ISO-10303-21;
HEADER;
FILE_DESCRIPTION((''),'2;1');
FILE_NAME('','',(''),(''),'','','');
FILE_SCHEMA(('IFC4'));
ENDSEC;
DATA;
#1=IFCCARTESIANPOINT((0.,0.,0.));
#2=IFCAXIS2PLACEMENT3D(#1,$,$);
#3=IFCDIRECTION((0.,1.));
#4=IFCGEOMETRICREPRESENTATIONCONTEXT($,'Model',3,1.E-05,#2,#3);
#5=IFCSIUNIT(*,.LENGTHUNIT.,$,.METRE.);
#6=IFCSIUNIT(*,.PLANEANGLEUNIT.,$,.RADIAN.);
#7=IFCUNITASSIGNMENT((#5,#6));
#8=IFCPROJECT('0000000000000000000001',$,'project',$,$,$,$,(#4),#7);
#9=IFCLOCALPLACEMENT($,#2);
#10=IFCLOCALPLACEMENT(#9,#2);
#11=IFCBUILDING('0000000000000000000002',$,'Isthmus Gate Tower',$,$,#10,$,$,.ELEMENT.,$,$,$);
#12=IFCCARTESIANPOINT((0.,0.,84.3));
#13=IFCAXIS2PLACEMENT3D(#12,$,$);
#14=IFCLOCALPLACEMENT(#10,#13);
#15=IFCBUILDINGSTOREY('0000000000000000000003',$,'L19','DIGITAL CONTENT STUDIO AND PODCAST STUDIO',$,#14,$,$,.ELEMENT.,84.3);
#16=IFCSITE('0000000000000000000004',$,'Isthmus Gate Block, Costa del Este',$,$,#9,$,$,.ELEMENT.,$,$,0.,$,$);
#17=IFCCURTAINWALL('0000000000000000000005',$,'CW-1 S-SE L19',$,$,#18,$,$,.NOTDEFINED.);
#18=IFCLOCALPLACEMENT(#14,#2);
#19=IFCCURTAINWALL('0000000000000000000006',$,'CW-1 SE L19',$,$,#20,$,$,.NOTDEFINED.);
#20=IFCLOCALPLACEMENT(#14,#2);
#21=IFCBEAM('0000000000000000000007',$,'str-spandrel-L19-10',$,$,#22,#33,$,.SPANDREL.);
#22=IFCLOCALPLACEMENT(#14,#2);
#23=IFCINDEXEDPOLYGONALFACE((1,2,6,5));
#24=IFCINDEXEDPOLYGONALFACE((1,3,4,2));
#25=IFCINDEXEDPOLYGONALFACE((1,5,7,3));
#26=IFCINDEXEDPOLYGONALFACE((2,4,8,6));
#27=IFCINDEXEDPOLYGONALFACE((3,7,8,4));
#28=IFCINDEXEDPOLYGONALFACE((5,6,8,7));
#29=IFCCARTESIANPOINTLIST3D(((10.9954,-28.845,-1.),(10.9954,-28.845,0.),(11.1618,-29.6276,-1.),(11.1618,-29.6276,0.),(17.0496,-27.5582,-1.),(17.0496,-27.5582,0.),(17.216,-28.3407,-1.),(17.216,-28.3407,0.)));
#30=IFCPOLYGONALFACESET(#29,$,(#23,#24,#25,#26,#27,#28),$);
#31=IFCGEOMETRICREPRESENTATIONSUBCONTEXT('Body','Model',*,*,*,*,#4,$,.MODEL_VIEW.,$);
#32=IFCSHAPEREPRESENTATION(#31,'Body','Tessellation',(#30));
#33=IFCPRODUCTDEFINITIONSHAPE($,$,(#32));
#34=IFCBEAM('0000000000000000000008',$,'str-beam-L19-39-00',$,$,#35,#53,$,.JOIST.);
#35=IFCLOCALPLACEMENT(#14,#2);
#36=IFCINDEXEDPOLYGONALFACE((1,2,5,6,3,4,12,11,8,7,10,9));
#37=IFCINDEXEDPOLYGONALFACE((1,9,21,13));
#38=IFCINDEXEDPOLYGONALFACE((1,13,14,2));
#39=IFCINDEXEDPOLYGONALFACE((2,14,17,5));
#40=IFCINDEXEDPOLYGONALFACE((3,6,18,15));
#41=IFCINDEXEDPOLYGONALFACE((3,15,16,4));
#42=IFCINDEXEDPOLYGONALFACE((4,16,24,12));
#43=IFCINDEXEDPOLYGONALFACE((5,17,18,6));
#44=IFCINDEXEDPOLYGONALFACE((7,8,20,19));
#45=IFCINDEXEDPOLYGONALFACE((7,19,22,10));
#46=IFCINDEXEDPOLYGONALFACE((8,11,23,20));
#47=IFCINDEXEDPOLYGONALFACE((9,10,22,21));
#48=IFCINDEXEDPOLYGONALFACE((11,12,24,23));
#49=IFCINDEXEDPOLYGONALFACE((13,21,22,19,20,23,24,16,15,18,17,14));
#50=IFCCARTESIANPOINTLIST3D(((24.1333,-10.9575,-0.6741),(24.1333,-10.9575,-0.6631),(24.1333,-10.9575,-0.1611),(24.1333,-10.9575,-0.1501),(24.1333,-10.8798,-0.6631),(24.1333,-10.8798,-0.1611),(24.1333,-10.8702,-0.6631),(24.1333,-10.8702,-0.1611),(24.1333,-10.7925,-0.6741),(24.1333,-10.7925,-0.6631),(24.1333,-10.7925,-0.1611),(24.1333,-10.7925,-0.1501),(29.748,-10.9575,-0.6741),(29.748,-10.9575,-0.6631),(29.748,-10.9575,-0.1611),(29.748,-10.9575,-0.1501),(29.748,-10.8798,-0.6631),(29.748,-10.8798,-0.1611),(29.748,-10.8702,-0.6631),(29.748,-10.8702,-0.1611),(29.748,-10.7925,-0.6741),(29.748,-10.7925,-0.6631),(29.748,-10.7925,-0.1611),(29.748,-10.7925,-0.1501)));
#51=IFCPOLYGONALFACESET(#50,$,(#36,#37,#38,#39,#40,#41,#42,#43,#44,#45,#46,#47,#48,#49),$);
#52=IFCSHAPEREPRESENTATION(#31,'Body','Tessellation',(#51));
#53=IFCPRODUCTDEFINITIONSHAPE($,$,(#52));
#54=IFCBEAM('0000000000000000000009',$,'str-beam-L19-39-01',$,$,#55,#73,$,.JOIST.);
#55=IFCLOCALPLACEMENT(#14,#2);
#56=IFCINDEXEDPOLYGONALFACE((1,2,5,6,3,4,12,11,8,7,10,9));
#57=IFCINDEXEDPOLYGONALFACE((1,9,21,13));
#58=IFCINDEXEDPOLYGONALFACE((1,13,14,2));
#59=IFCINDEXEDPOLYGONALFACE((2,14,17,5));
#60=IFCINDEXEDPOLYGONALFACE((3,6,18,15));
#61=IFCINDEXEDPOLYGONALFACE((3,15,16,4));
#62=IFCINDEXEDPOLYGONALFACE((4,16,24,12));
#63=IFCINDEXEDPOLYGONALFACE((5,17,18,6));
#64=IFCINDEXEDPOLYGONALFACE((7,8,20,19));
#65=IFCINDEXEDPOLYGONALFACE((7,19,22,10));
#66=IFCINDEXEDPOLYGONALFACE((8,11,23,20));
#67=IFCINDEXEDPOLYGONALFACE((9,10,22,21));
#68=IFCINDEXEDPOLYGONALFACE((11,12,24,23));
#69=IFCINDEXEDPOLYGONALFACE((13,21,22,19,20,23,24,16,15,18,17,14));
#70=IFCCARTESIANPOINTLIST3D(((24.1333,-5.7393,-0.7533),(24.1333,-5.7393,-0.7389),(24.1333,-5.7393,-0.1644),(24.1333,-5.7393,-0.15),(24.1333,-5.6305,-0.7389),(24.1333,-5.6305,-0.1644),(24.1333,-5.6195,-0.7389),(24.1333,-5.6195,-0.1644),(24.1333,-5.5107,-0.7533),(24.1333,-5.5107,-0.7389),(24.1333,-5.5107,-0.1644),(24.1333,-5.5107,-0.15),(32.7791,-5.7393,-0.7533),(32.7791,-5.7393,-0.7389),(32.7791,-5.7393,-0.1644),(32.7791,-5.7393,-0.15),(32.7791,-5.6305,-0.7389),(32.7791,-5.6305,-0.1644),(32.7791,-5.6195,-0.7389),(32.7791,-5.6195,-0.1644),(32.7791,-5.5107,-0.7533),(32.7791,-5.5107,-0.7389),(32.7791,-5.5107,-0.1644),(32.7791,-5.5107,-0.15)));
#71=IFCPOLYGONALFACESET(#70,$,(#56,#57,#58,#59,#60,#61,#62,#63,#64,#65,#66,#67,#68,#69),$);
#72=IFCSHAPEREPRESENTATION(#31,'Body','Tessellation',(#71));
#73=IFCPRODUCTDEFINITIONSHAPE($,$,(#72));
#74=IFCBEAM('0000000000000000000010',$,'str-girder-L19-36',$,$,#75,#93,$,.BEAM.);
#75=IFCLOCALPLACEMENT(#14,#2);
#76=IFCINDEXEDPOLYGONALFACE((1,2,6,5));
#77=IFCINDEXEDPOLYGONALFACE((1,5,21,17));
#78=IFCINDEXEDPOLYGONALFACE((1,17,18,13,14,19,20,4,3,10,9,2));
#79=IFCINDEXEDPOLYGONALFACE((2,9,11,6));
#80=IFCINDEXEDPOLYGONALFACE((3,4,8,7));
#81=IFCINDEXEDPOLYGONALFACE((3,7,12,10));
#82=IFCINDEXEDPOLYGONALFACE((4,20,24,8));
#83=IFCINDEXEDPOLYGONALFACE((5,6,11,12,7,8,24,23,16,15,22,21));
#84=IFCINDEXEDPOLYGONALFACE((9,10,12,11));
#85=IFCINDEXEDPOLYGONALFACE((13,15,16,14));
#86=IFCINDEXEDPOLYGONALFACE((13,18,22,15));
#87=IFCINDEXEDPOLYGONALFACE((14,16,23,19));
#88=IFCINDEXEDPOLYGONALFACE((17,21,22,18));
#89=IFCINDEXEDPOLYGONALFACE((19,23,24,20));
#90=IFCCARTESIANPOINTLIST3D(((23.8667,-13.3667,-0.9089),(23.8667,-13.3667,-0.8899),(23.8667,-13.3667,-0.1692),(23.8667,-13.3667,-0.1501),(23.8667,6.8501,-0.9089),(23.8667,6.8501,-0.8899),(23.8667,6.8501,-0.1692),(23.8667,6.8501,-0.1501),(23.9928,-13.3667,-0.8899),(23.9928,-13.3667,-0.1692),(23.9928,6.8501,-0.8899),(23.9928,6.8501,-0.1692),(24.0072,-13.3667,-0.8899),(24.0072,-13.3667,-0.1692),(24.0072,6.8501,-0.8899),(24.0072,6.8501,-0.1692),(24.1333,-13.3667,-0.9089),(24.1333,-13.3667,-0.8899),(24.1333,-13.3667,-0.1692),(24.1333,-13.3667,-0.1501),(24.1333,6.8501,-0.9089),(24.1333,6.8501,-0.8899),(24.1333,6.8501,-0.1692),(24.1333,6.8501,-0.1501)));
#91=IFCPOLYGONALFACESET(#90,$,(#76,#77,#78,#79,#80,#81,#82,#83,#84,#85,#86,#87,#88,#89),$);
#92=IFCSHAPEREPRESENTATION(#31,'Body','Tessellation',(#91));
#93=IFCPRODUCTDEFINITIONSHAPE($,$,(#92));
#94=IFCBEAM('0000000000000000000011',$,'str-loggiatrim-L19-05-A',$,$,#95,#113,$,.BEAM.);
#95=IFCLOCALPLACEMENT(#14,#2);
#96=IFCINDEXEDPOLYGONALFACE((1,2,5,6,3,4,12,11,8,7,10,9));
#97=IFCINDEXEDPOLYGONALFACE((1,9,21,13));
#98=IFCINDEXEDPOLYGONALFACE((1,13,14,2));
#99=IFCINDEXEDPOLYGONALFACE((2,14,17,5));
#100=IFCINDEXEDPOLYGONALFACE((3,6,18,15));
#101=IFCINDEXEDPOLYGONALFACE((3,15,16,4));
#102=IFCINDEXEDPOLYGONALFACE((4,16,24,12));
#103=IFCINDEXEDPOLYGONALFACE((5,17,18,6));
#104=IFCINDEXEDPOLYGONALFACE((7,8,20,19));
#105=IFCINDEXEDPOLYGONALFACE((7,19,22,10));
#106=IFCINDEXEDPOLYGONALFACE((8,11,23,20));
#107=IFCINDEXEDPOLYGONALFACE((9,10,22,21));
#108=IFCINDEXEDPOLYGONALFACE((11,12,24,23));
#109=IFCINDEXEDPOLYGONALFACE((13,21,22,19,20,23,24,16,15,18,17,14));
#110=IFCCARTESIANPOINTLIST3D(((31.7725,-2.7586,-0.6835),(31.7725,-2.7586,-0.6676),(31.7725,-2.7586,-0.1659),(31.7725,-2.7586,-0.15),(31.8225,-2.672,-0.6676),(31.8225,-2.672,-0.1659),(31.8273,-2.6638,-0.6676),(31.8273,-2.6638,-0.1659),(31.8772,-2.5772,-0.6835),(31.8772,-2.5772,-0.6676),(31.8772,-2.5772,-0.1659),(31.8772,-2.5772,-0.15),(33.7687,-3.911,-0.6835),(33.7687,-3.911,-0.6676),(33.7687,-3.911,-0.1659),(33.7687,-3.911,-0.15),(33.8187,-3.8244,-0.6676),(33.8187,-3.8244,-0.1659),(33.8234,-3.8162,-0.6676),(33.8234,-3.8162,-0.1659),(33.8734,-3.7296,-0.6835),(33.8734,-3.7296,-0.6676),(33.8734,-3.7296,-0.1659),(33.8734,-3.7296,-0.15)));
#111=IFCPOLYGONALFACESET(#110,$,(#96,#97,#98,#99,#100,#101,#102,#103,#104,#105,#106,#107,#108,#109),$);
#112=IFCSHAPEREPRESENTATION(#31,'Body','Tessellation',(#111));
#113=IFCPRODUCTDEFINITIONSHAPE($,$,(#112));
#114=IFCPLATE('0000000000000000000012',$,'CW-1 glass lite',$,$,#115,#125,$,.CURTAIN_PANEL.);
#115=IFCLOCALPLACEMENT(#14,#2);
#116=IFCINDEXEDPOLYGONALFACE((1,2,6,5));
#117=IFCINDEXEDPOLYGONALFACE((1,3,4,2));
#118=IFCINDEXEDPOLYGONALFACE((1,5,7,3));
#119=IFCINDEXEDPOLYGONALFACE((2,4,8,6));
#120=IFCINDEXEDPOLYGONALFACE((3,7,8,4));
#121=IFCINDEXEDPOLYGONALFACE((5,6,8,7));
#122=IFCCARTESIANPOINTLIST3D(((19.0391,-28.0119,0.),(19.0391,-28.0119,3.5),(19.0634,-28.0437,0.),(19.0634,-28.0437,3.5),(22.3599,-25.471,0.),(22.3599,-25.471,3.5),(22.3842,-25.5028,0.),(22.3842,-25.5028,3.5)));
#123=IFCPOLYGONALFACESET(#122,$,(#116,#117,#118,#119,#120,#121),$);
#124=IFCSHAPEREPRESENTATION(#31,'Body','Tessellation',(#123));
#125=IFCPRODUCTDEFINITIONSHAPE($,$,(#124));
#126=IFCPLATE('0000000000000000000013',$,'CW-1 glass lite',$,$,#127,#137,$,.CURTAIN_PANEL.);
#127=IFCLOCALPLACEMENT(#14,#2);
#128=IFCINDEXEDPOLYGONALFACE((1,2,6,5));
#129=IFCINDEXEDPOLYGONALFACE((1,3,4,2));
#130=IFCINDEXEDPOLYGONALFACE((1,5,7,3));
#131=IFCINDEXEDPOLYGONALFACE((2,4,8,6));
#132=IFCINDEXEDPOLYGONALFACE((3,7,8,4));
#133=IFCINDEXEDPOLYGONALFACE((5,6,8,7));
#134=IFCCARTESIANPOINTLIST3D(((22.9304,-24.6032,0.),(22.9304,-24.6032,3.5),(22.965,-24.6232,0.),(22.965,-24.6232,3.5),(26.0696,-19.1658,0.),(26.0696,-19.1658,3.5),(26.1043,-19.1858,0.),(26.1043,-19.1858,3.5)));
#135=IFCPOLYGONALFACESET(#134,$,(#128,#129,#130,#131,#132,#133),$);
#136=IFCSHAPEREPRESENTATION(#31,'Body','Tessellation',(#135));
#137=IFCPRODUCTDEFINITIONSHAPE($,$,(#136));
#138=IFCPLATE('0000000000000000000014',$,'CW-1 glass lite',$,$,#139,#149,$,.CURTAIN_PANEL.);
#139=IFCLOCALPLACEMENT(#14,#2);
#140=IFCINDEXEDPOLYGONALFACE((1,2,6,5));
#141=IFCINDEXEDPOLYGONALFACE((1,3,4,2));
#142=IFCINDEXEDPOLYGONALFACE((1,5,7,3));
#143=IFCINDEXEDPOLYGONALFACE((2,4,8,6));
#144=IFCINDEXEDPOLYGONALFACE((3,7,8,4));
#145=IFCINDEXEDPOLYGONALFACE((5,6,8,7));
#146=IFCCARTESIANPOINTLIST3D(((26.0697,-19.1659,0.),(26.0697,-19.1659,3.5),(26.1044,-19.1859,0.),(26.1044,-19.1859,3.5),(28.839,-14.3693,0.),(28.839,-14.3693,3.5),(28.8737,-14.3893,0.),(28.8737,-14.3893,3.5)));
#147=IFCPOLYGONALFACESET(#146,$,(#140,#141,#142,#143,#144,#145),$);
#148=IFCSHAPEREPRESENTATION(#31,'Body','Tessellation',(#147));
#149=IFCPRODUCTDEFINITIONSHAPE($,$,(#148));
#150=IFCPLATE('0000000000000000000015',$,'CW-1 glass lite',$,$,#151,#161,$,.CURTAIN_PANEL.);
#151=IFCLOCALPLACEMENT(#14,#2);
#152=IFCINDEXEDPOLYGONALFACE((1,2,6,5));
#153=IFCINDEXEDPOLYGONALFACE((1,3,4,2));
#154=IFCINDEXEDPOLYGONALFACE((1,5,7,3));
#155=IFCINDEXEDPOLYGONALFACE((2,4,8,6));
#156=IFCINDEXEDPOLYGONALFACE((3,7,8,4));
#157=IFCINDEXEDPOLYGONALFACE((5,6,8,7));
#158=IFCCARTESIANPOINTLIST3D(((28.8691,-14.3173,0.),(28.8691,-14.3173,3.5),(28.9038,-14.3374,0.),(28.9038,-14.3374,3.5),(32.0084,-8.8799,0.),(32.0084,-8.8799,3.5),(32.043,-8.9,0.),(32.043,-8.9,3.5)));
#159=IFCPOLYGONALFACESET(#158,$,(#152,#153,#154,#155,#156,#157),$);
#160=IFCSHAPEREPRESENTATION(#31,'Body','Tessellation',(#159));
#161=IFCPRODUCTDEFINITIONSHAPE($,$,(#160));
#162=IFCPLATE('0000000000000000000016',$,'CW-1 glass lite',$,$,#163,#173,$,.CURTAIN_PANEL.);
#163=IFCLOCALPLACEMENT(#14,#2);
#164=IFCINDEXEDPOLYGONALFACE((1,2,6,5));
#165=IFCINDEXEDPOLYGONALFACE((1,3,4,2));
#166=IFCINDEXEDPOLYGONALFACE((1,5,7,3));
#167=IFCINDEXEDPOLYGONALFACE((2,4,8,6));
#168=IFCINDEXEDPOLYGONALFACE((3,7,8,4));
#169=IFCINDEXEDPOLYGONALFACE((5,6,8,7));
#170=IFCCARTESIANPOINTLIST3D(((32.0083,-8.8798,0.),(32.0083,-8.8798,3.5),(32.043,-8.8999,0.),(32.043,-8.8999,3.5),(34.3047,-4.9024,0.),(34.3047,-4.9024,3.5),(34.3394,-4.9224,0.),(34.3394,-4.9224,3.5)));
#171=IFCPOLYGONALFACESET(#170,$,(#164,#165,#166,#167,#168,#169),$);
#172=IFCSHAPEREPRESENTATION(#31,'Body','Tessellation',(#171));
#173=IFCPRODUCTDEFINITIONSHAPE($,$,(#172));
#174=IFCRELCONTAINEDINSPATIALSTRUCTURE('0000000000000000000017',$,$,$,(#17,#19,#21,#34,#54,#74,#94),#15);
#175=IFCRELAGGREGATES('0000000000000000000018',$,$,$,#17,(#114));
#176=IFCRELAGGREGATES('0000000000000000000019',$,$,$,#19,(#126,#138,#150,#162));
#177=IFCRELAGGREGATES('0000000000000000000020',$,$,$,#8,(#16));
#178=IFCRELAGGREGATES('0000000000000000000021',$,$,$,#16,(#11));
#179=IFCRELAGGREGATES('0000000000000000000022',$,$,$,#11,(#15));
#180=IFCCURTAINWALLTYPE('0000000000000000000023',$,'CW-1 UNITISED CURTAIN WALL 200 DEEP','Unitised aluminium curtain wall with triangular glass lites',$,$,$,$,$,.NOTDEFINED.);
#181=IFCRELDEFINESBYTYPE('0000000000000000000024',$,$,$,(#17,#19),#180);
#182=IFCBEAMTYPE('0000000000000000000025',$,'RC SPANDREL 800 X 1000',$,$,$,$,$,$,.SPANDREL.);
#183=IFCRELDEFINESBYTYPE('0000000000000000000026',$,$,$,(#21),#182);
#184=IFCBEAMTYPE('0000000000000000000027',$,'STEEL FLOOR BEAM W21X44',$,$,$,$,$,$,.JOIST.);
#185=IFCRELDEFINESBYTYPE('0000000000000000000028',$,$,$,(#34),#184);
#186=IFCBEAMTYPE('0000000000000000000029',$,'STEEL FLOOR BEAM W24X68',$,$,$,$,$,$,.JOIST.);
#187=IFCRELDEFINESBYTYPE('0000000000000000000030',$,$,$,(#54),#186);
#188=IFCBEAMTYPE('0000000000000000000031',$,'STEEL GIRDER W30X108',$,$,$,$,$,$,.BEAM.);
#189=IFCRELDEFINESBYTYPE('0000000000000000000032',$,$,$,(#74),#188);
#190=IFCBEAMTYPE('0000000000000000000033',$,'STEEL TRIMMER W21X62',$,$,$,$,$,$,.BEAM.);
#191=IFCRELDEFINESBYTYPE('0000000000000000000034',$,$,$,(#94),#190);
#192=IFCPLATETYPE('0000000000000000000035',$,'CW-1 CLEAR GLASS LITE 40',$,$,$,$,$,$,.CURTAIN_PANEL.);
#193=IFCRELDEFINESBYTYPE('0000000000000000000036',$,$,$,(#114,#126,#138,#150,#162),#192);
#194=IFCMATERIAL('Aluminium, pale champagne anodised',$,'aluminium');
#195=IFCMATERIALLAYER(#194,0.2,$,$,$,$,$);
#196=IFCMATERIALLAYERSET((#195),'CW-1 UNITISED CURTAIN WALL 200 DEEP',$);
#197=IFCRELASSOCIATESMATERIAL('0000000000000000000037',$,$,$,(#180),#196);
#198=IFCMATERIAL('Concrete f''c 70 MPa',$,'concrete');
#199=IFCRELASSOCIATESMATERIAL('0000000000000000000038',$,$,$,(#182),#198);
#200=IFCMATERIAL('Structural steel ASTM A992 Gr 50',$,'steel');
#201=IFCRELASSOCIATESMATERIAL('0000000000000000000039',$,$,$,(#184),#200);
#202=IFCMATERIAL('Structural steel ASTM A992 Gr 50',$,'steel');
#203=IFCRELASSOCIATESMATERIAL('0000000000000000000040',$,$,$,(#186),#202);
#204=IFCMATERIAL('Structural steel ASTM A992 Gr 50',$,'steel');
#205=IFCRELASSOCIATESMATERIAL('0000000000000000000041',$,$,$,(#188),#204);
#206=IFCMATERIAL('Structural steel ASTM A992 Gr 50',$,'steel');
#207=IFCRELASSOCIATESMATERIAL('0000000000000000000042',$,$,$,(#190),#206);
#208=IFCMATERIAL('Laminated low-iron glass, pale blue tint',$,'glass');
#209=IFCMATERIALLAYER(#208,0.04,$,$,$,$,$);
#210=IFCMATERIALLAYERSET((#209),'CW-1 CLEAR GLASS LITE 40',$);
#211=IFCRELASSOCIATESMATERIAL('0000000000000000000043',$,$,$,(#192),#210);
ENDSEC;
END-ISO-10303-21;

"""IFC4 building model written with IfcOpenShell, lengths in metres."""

from ifc_helpers import new_model, si_unit, direction, frame, origin, origin_2d, place, context, subcontext, project, spatial, rectangle, i_section, extrude, material, layer, layer_set, material_profile, profile_set, type_object, element, aggregate, save


model = new_model("IFC4")

# Units and contexts
model_context = context("Model", 3, precision=1e-05, world=origin(), true_north=direction((0.0, 1.0)))
body_context = subcontext(model_context, "Body", "Model", "MODEL_VIEW")
ifc_project = project(units=[si_unit("LENGTHUNIT", "METRE"), si_unit("PLANEANGLEUNIT", "RADIAN")], contexts=[model_context])

# Site, building, storey
site_placement = place(None, origin())
site = spatial("IfcSite", under=ifc_project, at=site_placement, Name="Isthmus Gate Block, Costa del Este", CompositionType="ELEMENT", RefElevation=0.0)
building_placement = place(site_placement, origin())
building = spatial("IfcBuilding", under=site, at=building_placement, Name="Isthmus Gate Tower", CompositionType="ELEMENT")
storey_placement = place(building_placement, frame((0.0, 0.0, 84.3)))
storey = spatial("IfcBuildingStorey", under=building, at=storey_placement, Name="L19", Description="DIGITAL CONTENT STUDIO AND PODCAST STUDIO", CompositionType="ELEMENT", Elevation=84.3)

# Curtain wall
ifc_material_1 = material(Name="Aluminium, pale champagne anodised", Category="aluminium")
ifc_layer_1 = layer(ifc_material_1, 0.2)
ifc_layer_set_1 = layer_set([ifc_layer_1], Name="CW-1 UNITISED CURTAIN WALL 200 DEEP")
curtain_wall_type = type_object("IfcCurtainWallType", Name="CW-1 UNITISED CURTAIN WALL 200 DEEP", Description="Unitised aluminium curtain wall with triangular glass lites", PredefinedType="NOTDEFINED", material=ifc_layer_set_1)
curtain_wall_1_placement = place(storey_placement, origin())
curtain_wall_1 = element("IfcCurtainWall", 1, at=curtain_wall_1_placement, inside=storey, type_object=curtain_wall_type, Name="CW-1 S-SE L19", PredefinedType="NOTDEFINED")

# Curtain wall
curtain_wall_2_placement = place(storey_placement, origin())
curtain_wall_2 = element("IfcCurtainWall", 2, at=curtain_wall_2_placement, inside=storey, type_object=curtain_wall_type, Name="CW-1 SE L19", PredefinedType="NOTDEFINED")

# Beams
ifc_material_2 = material(Name="Concrete f'c 70 MPa", Category="concrete")
ifc_material_profile_1 = material_profile(ifc_material_2, rectangle(XDim=0.8, YDim=1.0, at=origin_2d()), Name="RC 800X1000")
ifc_profile_set_1 = profile_set([ifc_material_profile_1], Name="Concrete f'c 70 MPa")
beam_type_1 = type_object("IfcBeamType", Name="RC SPANDREL 800 X 1000", PredefinedType="SPANDREL", material=ifc_profile_set_1)
beam_1_placement = place(storey_placement, frame((17.1328, -27.9495, -0.5), z_axis=(-0.978147, -0.207913, 0.0), x_axis=(0.207913, -0.978147, 0.0)))
element("IfcBeam", 3, at=beam_1_placement, inside=storey, type_object=beam_type_1, Name="str-spandrel-L19-10", PredefinedType="SPANDREL", context=body_context, shape_type="SweptSolid", body=[
    extrude(rectangle(XDim=0.8, YDim=1.0, at=origin_2d()), origin(), (0.0, 0.0, 1.0), 6.1895),
])
ifc_material_3 = material(Name="Structural steel ASTM A992 Gr 50", Category="steel")
ifc_material_profile_2 = material_profile(ifc_material_3, i_section(OverallWidth=0.165, OverallDepth=0.5239, WebThickness=0.0095, FlangeThickness=0.011, at=origin_2d()), Name="W21X44")
ifc_profile_set_2 = profile_set([ifc_material_profile_2], Name="Structural steel ASTM A992 Gr 50")
beam_type_2 = type_object("IfcBeamType", Name="STEEL FLOOR BEAM W21X44", PredefinedType="JOIST", material=ifc_profile_set_2)
beam_2_placement = place(storey_placement, frame((24.1333, -10.875, -0.4121), z_axis=(1.0, 0.0, 0.0), x_axis=(0.0, 1.0, 0.0)))
element("IfcBeam", 4, at=beam_2_placement, inside=storey, type_object=beam_type_2, Name="str-beam-L19-39-00", PredefinedType="JOIST", context=body_context, shape_type="SweptSolid", body=[
    extrude(i_section(OverallWidth=0.165, OverallDepth=0.5239, WebThickness=0.0095, FlangeThickness=0.011, at=origin_2d()), origin(), (0.0, 0.0, 1.0), 5.6147),
])
ifc_material_4 = material(Name="Structural steel ASTM A992 Gr 50", Category="steel")
ifc_material_profile_3 = material_profile(ifc_material_4, i_section(OverallWidth=0.2285, OverallDepth=0.6033, WebThickness=0.011, FlangeThickness=0.0144, at=origin_2d()), Name="W24X68")
ifc_profile_set_3 = profile_set([ifc_material_profile_3], Name="Structural steel ASTM A992 Gr 50")
beam_type_3 = type_object("IfcBeamType", Name="STEEL FLOOR BEAM W24X68", PredefinedType="JOIST", material=ifc_profile_set_3)
beam_3_placement = place(storey_placement, frame((24.1333, -5.625, -0.4517), z_axis=(1.0, 0.0, 0.0), x_axis=(0.0, 1.0, 0.0)))
element("IfcBeam", 5, at=beam_3_placement, inside=storey, type_object=beam_type_3, Name="str-beam-L19-39-01", PredefinedType="JOIST", context=body_context, shape_type="SweptSolid", body=[
    extrude(i_section(OverallWidth=0.2285, OverallDepth=0.6033, WebThickness=0.011, FlangeThickness=0.0144, at=origin_2d()), origin(), (0.0, 0.0, 1.0), 8.6458),
])
ifc_material_5 = material(Name="Structural steel ASTM A992 Gr 50", Category="steel")
ifc_material_profile_4 = material_profile(ifc_material_5, i_section(OverallWidth=0.2666, OverallDepth=0.7588, WebThickness=0.0144, FlangeThickness=0.019, at=origin_2d()), Name="W30X108")
ifc_profile_set_4 = profile_set([ifc_material_profile_4], Name="Structural steel ASTM A992 Gr 50")
beam_type_4 = type_object("IfcBeamType", Name="STEEL GIRDER W30X108", PredefinedType="BEAM", material=ifc_profile_set_4)
beam_4_placement = place(storey_placement, frame((24.0, -13.3667, -0.5295), z_axis=(0.0, 1.0, 0.0), x_axis=(-1.0, 0.0, 0.0)))
element("IfcBeam", 6, at=beam_4_placement, inside=storey, type_object=beam_type_4, Name="str-girder-L19-36", PredefinedType="BEAM", context=body_context, shape_type="SweptSolid", body=[
    extrude(i_section(OverallWidth=0.2666, OverallDepth=0.7588, WebThickness=0.0144, FlangeThickness=0.019, at=origin_2d()), origin(), (0.0, 0.0, 1.0), 20.2168),
])
ifc_material_6 = material(Name="Structural steel ASTM A992 Gr 50", Category="steel")
ifc_material_profile_5 = material_profile(ifc_material_6, i_section(OverallWidth=0.2095, OverallDepth=0.5334, WebThickness=0.0095, FlangeThickness=0.0159, at=origin_2d()), Name="W21X62")
ifc_profile_set_5 = profile_set([ifc_material_profile_5], Name="Structural steel ASTM A992 Gr 50")
beam_type_5 = type_object("IfcBeamType", Name="STEEL TRIMMER W21X62", PredefinedType="BEAM", material=ifc_profile_set_5)
beam_5_placement = place(storey_placement, frame((33.821, -3.8203, -0.4167), z_axis=(-0.866044, 0.499967, 0.0), x_axis=(-0.499967, -0.866044, 0.0)))
element("IfcBeam", 7, at=beam_5_placement, inside=storey, type_object=beam_type_5, Name="str-loggiatrim-L19-05-A", PredefinedType="BEAM", context=body_context, shape_type="SweptSolid", body=[
    extrude(i_section(OverallWidth=0.2095, OverallDepth=0.5334, WebThickness=0.0095, FlangeThickness=0.0159, at=origin_2d()), origin(), (0.0, 0.0, 1.0), 2.3049),
])

# Plates
ifc_material_7 = material(Name="Laminated low-iron glass, pale blue tint", Category="glass")
ifc_layer_2 = layer(ifc_material_7, 0.04)
ifc_layer_set_2 = layer_set([ifc_layer_2], Name="CW-1 CLEAR GLASS LITE 40")
plate_type = type_object("IfcPlateType", Name="CW-1 CLEAR GLASS LITE 40", PredefinedType="CURTAIN_PANEL", material=ifc_layer_set_2)
plate_1_placement = place(storey_placement, frame((20.7117, -26.7573, 0.0), z_axis=(0.0, 0.0, 1.0), x_axis=(0.794189, 0.607671, 0.0)))
plate_1 = element("IfcPlate", 8, at=plate_1_placement, type_object=plate_type, Name="CW-1 glass lite", PredefinedType="CURTAIN_PANEL", context=body_context, shape_type="SweptSolid", body=[
    extrude(rectangle(XDim=4.1814, YDim=0.04, at=origin_2d()), origin(), (0.0, 0.0, 1.0), 3.5),
])
aggregate(curtain_wall_1, [plate_1])
plate_2_placement = place(storey_placement, frame((24.5173, -21.8945, 0.0), z_axis=(0.0, 0.0, 1.0), x_axis=(0.5, 0.866025, 0.0)))
plate_2 = element("IfcPlate", 9, at=plate_2_placement, type_object=plate_type, Name="CW-1 glass lite", PredefinedType="CURTAIN_PANEL", context=body_context, shape_type="SweptSolid", body=[
    extrude(rectangle(XDim=6.2786, YDim=0.04, at=origin_2d()), origin(), (0.0, 0.0, 1.0), 3.5),
])
plate_3_placement = place(storey_placement, frame((27.4717, -16.7776, 0.0), z_axis=(0.0, 0.0, 1.0), x_axis=(0.5, 0.866025, 0.0)))
plate_3 = element("IfcPlate", 10, at=plate_3_placement, type_object=plate_type, Name="CW-1 glass lite", PredefinedType="CURTAIN_PANEL", context=body_context, shape_type="SweptSolid", body=[
    extrude(rectangle(XDim=5.5386, YDim=0.04, at=origin_2d()), origin(), (0.0, 0.0, 1.0), 3.5),
])
plate_4_placement = place(storey_placement, frame((30.4561, -11.6086, 0.0), z_axis=(0.0, 0.0, 1.0), x_axis=(0.5, 0.866025, 0.0)))
plate_4 = element("IfcPlate", 11, at=plate_4_placement, type_object=plate_type, Name="CW-1 glass lite", PredefinedType="CURTAIN_PANEL", context=body_context, shape_type="SweptSolid", body=[
    extrude(rectangle(XDim=6.2786, YDim=0.04, at=origin_2d()), origin(), (0.0, 0.0, 1.0), 3.5),
])
plate_5_placement = place(storey_placement, frame((33.1738, -6.9011, 0.0), z_axis=(0.0, 0.0, 1.0), x_axis=(0.5, 0.866025, 0.0)))
plate_5 = element("IfcPlate", 12, at=plate_5_placement, type_object=plate_type, Name="CW-1 glass lite", PredefinedType="CURTAIN_PANEL", context=body_context, shape_type="SweptSolid", body=[
    extrude(rectangle(XDim=4.5928, YDim=0.04, at=origin_2d()), origin(), (0.0, 0.0, 1.0), 3.5),
])
aggregate(curtain_wall_2, [plate_2, plate_3, plate_4, plate_5])

save(model, "model.ifc")
